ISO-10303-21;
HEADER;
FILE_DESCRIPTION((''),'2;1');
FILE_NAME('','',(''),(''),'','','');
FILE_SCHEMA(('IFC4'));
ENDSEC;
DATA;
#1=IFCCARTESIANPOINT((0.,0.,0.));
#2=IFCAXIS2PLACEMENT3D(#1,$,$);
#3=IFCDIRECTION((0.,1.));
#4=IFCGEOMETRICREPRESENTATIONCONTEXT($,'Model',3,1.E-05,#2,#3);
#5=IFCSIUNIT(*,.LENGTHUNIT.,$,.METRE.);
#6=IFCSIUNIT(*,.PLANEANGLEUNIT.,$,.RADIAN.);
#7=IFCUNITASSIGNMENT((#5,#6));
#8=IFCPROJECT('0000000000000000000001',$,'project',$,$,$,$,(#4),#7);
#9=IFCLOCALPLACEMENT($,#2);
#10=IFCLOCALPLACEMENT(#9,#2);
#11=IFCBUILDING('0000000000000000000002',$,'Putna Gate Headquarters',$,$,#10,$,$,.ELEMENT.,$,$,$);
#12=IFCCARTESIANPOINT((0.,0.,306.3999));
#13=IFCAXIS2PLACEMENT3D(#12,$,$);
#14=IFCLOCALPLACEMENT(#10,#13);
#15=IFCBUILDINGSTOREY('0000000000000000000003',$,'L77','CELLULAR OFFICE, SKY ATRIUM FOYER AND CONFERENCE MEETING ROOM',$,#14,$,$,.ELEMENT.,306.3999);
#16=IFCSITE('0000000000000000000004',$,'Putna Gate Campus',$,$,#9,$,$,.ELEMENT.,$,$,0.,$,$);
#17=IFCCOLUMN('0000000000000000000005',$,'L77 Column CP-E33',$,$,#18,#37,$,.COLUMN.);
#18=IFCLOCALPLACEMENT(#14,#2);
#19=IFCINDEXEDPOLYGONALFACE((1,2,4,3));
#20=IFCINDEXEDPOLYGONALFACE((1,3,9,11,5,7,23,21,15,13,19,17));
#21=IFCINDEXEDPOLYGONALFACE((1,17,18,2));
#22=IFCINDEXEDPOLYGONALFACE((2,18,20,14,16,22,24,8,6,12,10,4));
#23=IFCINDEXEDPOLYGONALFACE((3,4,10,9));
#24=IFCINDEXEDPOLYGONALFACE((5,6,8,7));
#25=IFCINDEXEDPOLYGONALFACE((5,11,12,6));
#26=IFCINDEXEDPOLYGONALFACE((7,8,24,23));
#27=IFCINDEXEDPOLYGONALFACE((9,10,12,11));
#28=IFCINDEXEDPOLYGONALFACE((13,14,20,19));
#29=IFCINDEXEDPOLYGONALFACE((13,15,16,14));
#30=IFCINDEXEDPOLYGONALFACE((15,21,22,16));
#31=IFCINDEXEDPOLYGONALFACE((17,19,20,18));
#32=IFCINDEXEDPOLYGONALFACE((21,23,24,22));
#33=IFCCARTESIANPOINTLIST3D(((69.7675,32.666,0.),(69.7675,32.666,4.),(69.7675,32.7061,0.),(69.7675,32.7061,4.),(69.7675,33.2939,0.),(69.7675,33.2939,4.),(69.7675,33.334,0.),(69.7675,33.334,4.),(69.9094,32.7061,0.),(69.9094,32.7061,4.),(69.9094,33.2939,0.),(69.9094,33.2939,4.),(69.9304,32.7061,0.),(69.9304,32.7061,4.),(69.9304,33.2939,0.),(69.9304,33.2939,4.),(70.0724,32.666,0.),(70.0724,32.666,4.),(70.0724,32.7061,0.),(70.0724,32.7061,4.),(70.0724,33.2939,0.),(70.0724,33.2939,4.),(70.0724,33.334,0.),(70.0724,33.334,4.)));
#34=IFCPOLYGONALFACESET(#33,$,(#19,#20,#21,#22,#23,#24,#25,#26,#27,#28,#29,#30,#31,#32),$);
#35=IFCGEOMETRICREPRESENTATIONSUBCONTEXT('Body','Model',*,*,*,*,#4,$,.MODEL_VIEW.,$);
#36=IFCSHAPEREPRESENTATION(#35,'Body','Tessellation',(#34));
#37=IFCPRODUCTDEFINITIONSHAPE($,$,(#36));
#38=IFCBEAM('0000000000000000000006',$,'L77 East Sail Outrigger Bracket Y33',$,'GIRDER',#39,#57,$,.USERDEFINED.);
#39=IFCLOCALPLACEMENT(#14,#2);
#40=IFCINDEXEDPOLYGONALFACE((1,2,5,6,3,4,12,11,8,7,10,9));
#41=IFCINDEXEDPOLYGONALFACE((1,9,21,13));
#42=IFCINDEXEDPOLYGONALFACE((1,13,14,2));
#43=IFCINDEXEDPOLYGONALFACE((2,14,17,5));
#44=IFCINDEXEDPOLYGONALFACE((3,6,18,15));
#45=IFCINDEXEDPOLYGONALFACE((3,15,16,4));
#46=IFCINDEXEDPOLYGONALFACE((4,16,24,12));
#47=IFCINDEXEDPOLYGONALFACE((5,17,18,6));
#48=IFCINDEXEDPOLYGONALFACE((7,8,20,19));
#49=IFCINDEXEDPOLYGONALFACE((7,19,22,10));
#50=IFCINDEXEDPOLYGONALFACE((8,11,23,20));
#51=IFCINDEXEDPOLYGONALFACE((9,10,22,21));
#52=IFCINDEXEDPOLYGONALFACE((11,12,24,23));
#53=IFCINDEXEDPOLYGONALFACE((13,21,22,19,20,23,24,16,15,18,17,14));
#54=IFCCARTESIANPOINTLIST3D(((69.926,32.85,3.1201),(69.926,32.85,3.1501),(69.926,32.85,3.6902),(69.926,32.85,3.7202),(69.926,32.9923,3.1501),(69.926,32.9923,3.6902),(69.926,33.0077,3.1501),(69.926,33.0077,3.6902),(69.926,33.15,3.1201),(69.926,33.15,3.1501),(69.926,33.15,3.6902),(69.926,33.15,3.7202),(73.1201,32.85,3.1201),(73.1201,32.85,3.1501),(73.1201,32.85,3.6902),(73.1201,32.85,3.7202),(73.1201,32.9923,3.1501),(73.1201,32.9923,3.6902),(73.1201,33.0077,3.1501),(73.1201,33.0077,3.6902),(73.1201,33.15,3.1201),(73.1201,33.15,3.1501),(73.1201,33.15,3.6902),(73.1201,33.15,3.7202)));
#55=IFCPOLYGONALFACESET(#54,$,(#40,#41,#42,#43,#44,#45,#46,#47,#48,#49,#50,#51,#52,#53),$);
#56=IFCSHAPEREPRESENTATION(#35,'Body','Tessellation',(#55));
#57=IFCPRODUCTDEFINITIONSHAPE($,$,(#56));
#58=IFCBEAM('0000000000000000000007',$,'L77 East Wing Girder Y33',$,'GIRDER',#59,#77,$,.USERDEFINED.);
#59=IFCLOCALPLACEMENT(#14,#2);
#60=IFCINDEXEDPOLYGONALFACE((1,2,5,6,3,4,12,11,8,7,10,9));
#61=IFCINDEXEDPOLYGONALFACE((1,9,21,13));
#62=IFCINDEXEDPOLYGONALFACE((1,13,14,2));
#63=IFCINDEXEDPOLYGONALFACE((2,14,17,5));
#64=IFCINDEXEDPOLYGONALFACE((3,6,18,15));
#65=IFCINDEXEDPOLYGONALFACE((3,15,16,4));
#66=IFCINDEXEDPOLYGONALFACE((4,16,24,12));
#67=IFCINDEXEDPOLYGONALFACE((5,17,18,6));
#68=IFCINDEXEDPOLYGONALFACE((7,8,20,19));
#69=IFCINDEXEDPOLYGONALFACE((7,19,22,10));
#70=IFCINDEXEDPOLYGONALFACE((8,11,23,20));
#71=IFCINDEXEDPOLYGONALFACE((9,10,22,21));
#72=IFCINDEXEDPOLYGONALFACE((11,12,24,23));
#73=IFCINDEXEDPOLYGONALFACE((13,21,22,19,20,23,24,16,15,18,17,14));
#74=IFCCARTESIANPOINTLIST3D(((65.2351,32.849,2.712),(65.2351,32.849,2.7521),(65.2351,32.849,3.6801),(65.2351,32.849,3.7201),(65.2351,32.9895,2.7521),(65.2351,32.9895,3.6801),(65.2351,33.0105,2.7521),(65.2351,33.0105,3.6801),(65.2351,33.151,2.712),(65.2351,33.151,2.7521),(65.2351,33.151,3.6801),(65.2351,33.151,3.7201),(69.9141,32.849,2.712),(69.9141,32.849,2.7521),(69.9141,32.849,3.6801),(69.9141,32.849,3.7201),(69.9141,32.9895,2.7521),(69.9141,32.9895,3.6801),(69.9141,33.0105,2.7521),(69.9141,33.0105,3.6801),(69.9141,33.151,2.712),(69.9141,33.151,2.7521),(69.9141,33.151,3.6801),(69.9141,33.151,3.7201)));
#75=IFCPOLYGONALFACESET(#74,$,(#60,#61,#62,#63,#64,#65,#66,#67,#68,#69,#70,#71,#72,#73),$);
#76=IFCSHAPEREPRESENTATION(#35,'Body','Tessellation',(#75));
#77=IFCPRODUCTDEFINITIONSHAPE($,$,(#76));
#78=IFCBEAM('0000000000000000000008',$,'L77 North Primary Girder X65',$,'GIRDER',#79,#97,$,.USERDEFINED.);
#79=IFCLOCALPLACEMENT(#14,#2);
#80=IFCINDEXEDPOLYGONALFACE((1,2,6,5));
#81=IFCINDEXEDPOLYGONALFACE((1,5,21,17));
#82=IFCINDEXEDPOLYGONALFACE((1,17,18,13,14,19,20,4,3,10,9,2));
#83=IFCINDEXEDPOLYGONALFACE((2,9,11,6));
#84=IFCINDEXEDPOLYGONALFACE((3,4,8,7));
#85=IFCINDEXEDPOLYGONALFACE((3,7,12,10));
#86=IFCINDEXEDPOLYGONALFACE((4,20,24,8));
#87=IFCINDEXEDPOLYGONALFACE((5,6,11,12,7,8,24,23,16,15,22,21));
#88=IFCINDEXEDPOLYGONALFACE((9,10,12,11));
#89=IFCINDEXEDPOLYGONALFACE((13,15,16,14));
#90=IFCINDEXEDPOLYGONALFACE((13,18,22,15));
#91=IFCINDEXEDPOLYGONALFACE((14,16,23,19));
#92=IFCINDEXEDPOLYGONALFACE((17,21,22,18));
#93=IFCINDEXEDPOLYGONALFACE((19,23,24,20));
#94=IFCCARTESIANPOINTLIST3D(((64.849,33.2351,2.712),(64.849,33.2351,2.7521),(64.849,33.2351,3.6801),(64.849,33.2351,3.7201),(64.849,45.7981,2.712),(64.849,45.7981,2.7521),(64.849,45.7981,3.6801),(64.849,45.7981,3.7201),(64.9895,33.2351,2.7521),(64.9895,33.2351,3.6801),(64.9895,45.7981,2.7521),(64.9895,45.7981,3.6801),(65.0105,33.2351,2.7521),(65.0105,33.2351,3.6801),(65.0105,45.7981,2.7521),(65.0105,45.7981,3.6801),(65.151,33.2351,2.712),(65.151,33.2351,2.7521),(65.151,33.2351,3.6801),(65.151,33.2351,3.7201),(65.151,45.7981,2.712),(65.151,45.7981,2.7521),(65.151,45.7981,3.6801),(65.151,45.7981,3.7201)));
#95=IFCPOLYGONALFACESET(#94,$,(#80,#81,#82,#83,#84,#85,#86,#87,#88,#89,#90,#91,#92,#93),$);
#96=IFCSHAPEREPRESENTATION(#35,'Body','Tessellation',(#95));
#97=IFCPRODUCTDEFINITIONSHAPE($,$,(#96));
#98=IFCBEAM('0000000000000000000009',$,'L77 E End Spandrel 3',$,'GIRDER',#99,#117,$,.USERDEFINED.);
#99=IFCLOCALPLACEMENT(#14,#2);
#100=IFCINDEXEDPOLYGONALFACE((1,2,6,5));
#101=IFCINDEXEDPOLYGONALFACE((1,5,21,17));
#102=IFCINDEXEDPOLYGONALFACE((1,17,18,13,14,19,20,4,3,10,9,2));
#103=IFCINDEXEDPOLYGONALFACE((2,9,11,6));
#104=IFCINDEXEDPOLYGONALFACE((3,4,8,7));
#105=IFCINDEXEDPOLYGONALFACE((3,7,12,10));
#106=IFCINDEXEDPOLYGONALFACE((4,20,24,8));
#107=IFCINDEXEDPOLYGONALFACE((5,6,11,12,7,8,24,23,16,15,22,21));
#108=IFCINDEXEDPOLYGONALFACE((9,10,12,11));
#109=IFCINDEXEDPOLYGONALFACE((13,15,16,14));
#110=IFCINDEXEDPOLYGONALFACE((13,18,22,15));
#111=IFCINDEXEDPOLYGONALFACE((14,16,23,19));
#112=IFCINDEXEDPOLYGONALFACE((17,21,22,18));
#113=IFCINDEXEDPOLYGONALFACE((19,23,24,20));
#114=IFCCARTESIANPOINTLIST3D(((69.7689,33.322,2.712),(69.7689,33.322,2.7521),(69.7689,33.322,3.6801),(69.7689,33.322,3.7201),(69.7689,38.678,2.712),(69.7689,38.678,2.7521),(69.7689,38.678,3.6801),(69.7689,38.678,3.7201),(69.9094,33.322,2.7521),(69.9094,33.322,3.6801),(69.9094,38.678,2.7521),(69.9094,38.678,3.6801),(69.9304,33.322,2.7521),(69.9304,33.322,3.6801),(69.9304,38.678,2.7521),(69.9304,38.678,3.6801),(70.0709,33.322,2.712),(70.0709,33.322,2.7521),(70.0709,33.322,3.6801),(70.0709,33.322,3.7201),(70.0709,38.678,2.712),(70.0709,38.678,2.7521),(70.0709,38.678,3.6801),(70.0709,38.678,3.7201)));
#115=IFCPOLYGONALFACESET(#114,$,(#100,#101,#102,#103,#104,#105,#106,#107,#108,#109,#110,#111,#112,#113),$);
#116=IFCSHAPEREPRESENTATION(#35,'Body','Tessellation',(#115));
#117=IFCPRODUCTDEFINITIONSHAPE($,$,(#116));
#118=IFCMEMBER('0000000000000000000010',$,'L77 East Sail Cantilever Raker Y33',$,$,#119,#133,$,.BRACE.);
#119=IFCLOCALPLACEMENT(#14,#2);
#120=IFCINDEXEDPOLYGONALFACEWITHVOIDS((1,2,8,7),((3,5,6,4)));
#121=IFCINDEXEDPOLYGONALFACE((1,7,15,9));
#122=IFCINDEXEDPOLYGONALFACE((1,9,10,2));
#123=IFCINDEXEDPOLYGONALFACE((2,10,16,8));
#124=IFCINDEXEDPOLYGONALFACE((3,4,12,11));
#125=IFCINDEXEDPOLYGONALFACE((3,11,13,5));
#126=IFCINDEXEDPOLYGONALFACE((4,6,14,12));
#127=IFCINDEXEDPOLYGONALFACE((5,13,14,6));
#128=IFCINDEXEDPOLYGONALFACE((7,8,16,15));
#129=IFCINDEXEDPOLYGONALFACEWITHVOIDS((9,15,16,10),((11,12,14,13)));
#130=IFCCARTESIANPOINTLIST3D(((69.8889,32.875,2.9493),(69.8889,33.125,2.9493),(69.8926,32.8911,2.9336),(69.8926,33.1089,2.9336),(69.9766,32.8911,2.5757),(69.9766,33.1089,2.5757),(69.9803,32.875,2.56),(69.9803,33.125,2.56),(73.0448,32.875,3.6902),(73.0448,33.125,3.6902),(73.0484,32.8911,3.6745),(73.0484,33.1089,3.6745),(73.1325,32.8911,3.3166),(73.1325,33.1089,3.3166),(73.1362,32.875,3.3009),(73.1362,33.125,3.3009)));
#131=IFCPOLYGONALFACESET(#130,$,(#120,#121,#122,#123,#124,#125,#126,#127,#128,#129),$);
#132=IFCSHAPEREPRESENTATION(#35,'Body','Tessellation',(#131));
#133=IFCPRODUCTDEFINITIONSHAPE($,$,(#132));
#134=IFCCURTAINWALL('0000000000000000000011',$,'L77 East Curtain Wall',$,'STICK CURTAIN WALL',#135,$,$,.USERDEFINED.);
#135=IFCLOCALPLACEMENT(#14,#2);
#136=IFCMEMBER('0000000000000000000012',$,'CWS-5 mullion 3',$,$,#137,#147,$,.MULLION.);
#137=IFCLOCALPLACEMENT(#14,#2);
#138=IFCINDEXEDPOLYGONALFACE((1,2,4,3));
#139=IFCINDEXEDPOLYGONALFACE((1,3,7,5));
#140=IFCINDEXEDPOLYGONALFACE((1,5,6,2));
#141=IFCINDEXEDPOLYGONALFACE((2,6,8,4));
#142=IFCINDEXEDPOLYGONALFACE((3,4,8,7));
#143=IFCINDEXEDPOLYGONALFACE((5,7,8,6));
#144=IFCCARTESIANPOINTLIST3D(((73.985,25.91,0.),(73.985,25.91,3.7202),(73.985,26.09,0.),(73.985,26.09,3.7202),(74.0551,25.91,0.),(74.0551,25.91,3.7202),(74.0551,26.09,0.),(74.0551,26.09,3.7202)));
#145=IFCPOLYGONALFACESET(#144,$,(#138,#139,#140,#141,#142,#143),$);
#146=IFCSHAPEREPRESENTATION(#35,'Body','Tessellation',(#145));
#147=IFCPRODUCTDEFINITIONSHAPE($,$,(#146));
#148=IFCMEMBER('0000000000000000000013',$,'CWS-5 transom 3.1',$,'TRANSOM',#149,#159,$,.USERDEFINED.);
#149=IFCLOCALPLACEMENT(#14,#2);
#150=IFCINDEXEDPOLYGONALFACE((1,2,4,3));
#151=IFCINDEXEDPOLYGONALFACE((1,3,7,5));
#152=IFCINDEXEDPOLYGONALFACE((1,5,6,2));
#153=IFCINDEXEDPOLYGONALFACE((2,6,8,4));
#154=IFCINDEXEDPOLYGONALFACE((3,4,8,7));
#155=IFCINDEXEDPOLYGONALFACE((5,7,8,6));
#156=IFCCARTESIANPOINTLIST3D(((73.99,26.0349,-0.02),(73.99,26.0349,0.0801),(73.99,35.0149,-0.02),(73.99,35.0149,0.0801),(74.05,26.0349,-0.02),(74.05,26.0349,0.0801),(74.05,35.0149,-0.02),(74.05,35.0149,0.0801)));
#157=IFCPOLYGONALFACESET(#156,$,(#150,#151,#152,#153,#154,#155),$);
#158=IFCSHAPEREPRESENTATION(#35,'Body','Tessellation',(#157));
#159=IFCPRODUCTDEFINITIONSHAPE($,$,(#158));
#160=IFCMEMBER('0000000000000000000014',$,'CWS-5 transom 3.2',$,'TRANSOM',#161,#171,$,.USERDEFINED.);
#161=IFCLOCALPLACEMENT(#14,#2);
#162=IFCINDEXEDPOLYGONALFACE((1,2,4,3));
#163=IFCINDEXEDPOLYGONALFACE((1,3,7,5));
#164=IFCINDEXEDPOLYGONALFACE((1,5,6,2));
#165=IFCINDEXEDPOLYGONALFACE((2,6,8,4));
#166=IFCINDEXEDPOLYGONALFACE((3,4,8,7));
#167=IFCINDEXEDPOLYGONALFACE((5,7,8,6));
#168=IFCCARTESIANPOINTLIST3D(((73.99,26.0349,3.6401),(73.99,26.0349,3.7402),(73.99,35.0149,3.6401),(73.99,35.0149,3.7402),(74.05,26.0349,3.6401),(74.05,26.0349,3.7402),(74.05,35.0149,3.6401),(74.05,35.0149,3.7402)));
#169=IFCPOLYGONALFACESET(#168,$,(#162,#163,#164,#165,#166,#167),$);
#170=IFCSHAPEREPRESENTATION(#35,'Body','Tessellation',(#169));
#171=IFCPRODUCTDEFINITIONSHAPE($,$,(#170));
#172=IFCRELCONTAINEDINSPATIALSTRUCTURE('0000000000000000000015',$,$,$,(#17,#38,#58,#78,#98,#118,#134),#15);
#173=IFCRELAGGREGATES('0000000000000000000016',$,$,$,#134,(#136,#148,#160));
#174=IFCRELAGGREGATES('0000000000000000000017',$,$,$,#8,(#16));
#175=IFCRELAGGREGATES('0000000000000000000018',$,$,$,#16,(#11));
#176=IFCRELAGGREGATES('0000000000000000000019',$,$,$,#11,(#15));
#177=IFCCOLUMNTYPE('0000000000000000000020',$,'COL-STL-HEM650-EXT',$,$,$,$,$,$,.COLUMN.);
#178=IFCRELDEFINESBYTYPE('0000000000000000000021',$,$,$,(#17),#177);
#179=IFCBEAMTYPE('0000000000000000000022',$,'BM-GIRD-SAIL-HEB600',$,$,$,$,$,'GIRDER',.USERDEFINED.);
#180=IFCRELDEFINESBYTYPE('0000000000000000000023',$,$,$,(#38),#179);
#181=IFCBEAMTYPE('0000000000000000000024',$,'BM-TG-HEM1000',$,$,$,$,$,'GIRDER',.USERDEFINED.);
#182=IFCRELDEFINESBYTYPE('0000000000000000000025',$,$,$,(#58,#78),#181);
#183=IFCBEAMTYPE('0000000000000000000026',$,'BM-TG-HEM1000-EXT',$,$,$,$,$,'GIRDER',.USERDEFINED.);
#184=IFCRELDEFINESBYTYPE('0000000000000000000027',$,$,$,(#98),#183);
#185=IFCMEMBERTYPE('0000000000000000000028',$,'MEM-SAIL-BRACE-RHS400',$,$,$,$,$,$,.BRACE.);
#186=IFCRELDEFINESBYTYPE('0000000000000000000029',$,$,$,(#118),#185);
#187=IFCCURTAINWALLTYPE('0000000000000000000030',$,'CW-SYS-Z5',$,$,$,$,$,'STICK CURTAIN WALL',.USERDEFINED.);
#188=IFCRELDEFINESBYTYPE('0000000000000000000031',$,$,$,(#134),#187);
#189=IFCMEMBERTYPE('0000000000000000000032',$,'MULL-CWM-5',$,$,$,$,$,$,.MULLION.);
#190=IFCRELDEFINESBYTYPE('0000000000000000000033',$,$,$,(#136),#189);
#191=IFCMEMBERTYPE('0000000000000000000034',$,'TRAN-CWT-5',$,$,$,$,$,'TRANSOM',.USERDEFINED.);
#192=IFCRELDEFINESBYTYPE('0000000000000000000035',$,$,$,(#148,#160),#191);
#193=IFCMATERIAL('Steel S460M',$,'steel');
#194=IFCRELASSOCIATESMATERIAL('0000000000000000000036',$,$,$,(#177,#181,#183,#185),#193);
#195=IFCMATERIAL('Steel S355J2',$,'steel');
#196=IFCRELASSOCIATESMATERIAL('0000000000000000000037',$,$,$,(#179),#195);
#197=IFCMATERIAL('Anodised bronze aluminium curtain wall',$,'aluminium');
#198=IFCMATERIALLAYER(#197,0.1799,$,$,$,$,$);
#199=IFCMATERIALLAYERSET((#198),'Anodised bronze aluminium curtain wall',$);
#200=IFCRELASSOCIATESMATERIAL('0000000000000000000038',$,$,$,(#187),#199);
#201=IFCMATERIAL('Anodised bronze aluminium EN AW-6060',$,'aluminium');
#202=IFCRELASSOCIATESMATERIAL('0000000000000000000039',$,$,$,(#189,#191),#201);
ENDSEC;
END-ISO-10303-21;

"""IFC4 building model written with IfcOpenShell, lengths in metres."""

from ifc_helpers import new_model, si_unit, direction, frame, origin, origin_2d, place, context, subcontext, project, spatial, rectangle, hollow_rectangle, i_section, extrude, material, layer, layer_set, material_profile, profile_set, type_object, element, aggregate, save


model = new_model("IFC4")

# Units and contexts
model_context = context("Model", 3, precision=1e-05, world=origin(), true_north=direction((0.0, 1.0)))
body_context = subcontext(model_context, "Body", "Model", "MODEL_VIEW")
ifc_project = project(units=[si_unit("LENGTHUNIT", "METRE"), si_unit("PLANEANGLEUNIT", "RADIAN")], contexts=[model_context])

# Site, building, storey
site_placement = place(None, origin())
site = spatial("IfcSite", under=ifc_project, at=site_placement, Name="Putna Gate Campus", CompositionType="ELEMENT", RefElevation=0.0)
building_placement = place(site_placement, origin())
building = spatial("IfcBuilding", under=site, at=building_placement, Name="Putna Gate Headquarters", CompositionType="ELEMENT")
storey_placement = place(building_placement, frame((0.0, 0.0, 306.3999)))
storey = spatial("IfcBuildingStorey", under=building, at=storey_placement, Name="L77", Description="CELLULAR OFFICE, SKY ATRIUM FOYER AND CONFERENCE MEETING ROOM", CompositionType="ELEMENT", Elevation=306.3999)

# Column
ifc_material_1 = material(Name="Steel S460M", Category="steel")
ifc_material_profile_1 = material_profile(ifc_material_1, i_section(OverallWidth=0.3049, OverallDepth=0.668, WebThickness=0.021, FlangeThickness=0.04, at=origin_2d()), Name="Steel S460M")
ifc_profile_set_1 = profile_set([ifc_material_profile_1], Name="Steel S460M")
column_type = type_object("IfcColumnType", Name="COL-STL-HEM650-EXT", PredefinedType="COLUMN", material=ifc_profile_set_1)
column_placement = place(storey_placement, frame((69.9199, 33.0, 0.0), z_axis=(0.0, 0.0, 1.0), x_axis=(1.0, 0.0, 0.0)))
element("IfcColumn", 1, at=column_placement, inside=storey, type_object=column_type, Name="L77 Column CP-E33", PredefinedType="COLUMN", context=body_context, shape_type="SweptSolid", body=[
    extrude(i_section(OverallWidth=0.3049, OverallDepth=0.668, WebThickness=0.021, FlangeThickness=0.04, at=origin_2d()), origin(), (0.0, 0.0, 1.0), 4.0),
])

# Beams
ifc_material_2 = material(Name="Steel S355J2", Category="steel")
ifc_material_profile_2 = material_profile(ifc_material_2, i_section(OverallWidth=0.3, OverallDepth=0.6001, WebThickness=0.0154, FlangeThickness=0.03, at=origin_2d()), Name="Steel S355J2")
ifc_profile_set_2 = profile_set([ifc_material_profile_2], Name="Steel S355J2")
beam_type_1 = type_object("IfcBeamType", Name="BM-GIRD-SAIL-HEB600", ElementType="GIRDER", PredefinedType="USERDEFINED", material=ifc_profile_set_2)
beam_1_placement = place(storey_placement, frame((69.926, 33.0, 3.4202), z_axis=(1.0, 0.0, 0.0), x_axis=(0.0, 1.0, 0.0)))
element("IfcBeam", 2, at=beam_1_placement, inside=storey, type_object=beam_type_1, Name="L77 East Sail Outrigger Bracket Y33", ObjectType="GIRDER", PredefinedType="USERDEFINED", context=body_context, shape_type="SweptSolid", body=[
    extrude(i_section(OverallWidth=0.3, OverallDepth=0.6001, WebThickness=0.0154, FlangeThickness=0.03, at=origin_2d()), origin(), (0.0, 0.0, 1.0), 3.1941),
])
ifc_material_profile_3 = material_profile(ifc_material_1, i_section(OverallWidth=0.302, OverallDepth=1.0081, WebThickness=0.021, FlangeThickness=0.04, at=origin_2d()), Name="Steel S460M")
ifc_profile_set_3 = profile_set([ifc_material_profile_3], Name="Steel S460M")
beam_type_2 = type_object("IfcBeamType", Name="BM-TG-HEM1000", ElementType="GIRDER", PredefinedType="USERDEFINED", material=ifc_profile_set_3)
beam_2_placement = place(storey_placement, frame((65.2351, 33.0, 3.2161), z_axis=(1.0, 0.0, 0.0), x_axis=(0.0, 1.0, 0.0)))
element("IfcBeam", 3, at=beam_2_placement, inside=storey, type_object=beam_type_2, Name="L77 East Wing Girder Y33", ObjectType="GIRDER", PredefinedType="USERDEFINED", context=body_context, shape_type="SweptSolid", body=[
    extrude(i_section(OverallWidth=0.302, OverallDepth=1.0081, WebThickness=0.021, FlangeThickness=0.04, at=origin_2d()), origin(), (0.0, 0.0, 1.0), 4.679),
])
beam_3_placement = place(storey_placement, frame((65.0, 33.2351, 3.2161), z_axis=(0.0, 1.0, 0.0), x_axis=(-1.0, 0.0, 0.0)))
element("IfcBeam", 4, at=beam_3_placement, inside=storey, type_object=beam_type_2, Name="L77 North Primary Girder X65", ObjectType="GIRDER", PredefinedType="USERDEFINED", context=body_context, shape_type="SweptSolid", body=[
    extrude(i_section(OverallWidth=0.302, OverallDepth=1.0081, WebThickness=0.021, FlangeThickness=0.04, at=origin_2d()), origin(), (0.0, 0.0, 1.0), 12.563),
])
ifc_material_profile_4 = material_profile(ifc_material_1, i_section(OverallWidth=0.302, OverallDepth=1.0081, WebThickness=0.021, FlangeThickness=0.04, at=origin_2d()), Name="Steel S460M")
ifc_profile_set_4 = profile_set([ifc_material_profile_4], Name="Steel S460M")
beam_type_3 = type_object("IfcBeamType", Name="BM-TG-HEM1000-EXT", ElementType="GIRDER", PredefinedType="USERDEFINED", material=ifc_profile_set_4)
beam_4_placement = place(storey_placement, frame((69.9199, 33.322, 3.2161), z_axis=(0.0, 1.0, 0.0), x_axis=(-1.0, 0.0, 0.0)))
element("IfcBeam", 5, at=beam_4_placement, inside=storey, type_object=beam_type_3, Name="L77 E End Spandrel 3", ObjectType="GIRDER", PredefinedType="USERDEFINED", context=body_context, shape_type="SweptSolid", body=[
    extrude(i_section(OverallWidth=0.302, OverallDepth=1.0081, WebThickness=0.021, FlangeThickness=0.04, at=origin_2d()), origin(), (0.0, 0.0, 1.0), 5.356),
])

# Member
ifc_material_profile_5 = material_profile(ifc_material_1, hollow_rectangle(XDim=0.25, YDim=0.3999, WallThickness=0.0161, at=origin_2d()), Name="Steel S460M")
ifc_profile_set_5 = profile_set([ifc_material_profile_5], Name="Steel S460M")
member_type_1 = type_object("IfcMemberType", Name="MEM-SAIL-BRACE-RHS400", PredefinedType="BRACE", material=ifc_profile_set_5)
member_1_placement = place(storey_placement, frame((69.9346, 33.0, 2.7546), z_axis=(0.973529, 0.0, 0.228565), x_axis=(0.0, 1.0, 0.0)))
element("IfcMember", 6, at=member_1_placement, inside=storey, type_object=member_type_1, Name="L77 East Sail Cantilever Raker Y33", PredefinedType="BRACE", context=body_context, shape_type="SweptSolid", body=[
    extrude(hollow_rectangle(XDim=0.25, YDim=0.3999, WallThickness=0.0161, at=origin_2d()), origin(), (0.0, 0.0, 1.0), 3.2417),
])

# Curtain wall, members
ifc_material_3 = material(Name="Anodised bronze aluminium curtain wall", Category="aluminium")
ifc_layer_1 = layer(ifc_material_3, 0.1799)
ifc_layer_set_1 = layer_set([ifc_layer_1], Name="Anodised bronze aluminium curtain wall")
curtain_wall_type = type_object("IfcCurtainWallType", Name="CW-SYS-Z5", ElementType="STICK CURTAIN WALL", PredefinedType="USERDEFINED", material=ifc_layer_set_1)
curtain_wall_placement = place(storey_placement, origin())
curtain_wall = element("IfcCurtainWall", 7, at=curtain_wall_placement, inside=storey, type_object=curtain_wall_type, Name="L77 East Curtain Wall", ObjectType="STICK CURTAIN WALL", PredefinedType="USERDEFINED")
ifc_material_4 = material(Name="Anodised bronze aluminium EN AW-6060", Category="aluminium")
ifc_material_profile_6 = material_profile(ifc_material_4, rectangle(XDim=0.0701, YDim=0.1799, at=origin_2d()), Name="Anodised bronze aluminium EN AW-6060")
ifc_profile_set_6 = profile_set([ifc_material_profile_6], Name="Anodised bronze aluminium EN AW-6060")
member_type_2 = type_object("IfcMemberType", Name="MULL-CWM-5", PredefinedType="MULLION", material=ifc_profile_set_6)
member_2_placement = place(storey_placement, frame((74.02, 26.0, 0.0), z_axis=(0.0, 0.0, 1.0), x_axis=(-1.0, 0.0, 0.0)))
member_2 = element("IfcMember", 8, at=member_2_placement, type_object=member_type_2, Name="CWS-5 mullion 3", PredefinedType="MULLION", context=body_context, shape_type="SweptSolid", body=[
    extrude(rectangle(XDim=0.0701, YDim=0.1799, at=origin_2d()), origin(), (0.0, 0.0, 1.0), 3.7202),
])
ifc_material_profile_7 = material_profile(ifc_material_4, rectangle(XDim=0.0601, YDim=0.1001, at=origin_2d()), Name="Anodised bronze aluminium EN AW-6060")
ifc_profile_set_7 = profile_set([ifc_material_profile_7], Name="Anodised bronze aluminium EN AW-6060")
member_type_3 = type_object("IfcMemberType", Name="TRAN-CWT-5", ElementType="TRANSOM", PredefinedType="USERDEFINED", material=ifc_profile_set_7)
member_3_placement = place(storey_placement, frame((74.02, 26.0349, 0.03), z_axis=(0.0, 1.0, 0.0), x_axis=(-1.0, 0.0, 0.0)))
member_3 = element("IfcMember", 9, at=member_3_placement, type_object=member_type_3, Name="CWS-5 transom 3.1", ObjectType="TRANSOM", PredefinedType="USERDEFINED", context=body_context, shape_type="SweptSolid", body=[
    extrude(rectangle(XDim=0.0601, YDim=0.1001, at=origin_2d()), origin(), (0.0, 0.0, 1.0), 8.98),
])
member_4_placement = place(storey_placement, frame((74.02, 26.0349, 3.6902), z_axis=(0.0, 1.0, 0.0), x_axis=(-1.0, 0.0, 0.0)))
member_4 = element("IfcMember", 10, at=member_4_placement, type_object=member_type_3, Name="CWS-5 transom 3.2", ObjectType="TRANSOM", PredefinedType="USERDEFINED", context=body_context, shape_type="SweptSolid", body=[
    extrude(rectangle(XDim=0.0601, YDim=0.1001, at=origin_2d()), origin(), (0.0, 0.0, 1.0), 8.98),
])
aggregate(curtain_wall, [member_2, member_3, member_4])

save(model, "model.ifc")
